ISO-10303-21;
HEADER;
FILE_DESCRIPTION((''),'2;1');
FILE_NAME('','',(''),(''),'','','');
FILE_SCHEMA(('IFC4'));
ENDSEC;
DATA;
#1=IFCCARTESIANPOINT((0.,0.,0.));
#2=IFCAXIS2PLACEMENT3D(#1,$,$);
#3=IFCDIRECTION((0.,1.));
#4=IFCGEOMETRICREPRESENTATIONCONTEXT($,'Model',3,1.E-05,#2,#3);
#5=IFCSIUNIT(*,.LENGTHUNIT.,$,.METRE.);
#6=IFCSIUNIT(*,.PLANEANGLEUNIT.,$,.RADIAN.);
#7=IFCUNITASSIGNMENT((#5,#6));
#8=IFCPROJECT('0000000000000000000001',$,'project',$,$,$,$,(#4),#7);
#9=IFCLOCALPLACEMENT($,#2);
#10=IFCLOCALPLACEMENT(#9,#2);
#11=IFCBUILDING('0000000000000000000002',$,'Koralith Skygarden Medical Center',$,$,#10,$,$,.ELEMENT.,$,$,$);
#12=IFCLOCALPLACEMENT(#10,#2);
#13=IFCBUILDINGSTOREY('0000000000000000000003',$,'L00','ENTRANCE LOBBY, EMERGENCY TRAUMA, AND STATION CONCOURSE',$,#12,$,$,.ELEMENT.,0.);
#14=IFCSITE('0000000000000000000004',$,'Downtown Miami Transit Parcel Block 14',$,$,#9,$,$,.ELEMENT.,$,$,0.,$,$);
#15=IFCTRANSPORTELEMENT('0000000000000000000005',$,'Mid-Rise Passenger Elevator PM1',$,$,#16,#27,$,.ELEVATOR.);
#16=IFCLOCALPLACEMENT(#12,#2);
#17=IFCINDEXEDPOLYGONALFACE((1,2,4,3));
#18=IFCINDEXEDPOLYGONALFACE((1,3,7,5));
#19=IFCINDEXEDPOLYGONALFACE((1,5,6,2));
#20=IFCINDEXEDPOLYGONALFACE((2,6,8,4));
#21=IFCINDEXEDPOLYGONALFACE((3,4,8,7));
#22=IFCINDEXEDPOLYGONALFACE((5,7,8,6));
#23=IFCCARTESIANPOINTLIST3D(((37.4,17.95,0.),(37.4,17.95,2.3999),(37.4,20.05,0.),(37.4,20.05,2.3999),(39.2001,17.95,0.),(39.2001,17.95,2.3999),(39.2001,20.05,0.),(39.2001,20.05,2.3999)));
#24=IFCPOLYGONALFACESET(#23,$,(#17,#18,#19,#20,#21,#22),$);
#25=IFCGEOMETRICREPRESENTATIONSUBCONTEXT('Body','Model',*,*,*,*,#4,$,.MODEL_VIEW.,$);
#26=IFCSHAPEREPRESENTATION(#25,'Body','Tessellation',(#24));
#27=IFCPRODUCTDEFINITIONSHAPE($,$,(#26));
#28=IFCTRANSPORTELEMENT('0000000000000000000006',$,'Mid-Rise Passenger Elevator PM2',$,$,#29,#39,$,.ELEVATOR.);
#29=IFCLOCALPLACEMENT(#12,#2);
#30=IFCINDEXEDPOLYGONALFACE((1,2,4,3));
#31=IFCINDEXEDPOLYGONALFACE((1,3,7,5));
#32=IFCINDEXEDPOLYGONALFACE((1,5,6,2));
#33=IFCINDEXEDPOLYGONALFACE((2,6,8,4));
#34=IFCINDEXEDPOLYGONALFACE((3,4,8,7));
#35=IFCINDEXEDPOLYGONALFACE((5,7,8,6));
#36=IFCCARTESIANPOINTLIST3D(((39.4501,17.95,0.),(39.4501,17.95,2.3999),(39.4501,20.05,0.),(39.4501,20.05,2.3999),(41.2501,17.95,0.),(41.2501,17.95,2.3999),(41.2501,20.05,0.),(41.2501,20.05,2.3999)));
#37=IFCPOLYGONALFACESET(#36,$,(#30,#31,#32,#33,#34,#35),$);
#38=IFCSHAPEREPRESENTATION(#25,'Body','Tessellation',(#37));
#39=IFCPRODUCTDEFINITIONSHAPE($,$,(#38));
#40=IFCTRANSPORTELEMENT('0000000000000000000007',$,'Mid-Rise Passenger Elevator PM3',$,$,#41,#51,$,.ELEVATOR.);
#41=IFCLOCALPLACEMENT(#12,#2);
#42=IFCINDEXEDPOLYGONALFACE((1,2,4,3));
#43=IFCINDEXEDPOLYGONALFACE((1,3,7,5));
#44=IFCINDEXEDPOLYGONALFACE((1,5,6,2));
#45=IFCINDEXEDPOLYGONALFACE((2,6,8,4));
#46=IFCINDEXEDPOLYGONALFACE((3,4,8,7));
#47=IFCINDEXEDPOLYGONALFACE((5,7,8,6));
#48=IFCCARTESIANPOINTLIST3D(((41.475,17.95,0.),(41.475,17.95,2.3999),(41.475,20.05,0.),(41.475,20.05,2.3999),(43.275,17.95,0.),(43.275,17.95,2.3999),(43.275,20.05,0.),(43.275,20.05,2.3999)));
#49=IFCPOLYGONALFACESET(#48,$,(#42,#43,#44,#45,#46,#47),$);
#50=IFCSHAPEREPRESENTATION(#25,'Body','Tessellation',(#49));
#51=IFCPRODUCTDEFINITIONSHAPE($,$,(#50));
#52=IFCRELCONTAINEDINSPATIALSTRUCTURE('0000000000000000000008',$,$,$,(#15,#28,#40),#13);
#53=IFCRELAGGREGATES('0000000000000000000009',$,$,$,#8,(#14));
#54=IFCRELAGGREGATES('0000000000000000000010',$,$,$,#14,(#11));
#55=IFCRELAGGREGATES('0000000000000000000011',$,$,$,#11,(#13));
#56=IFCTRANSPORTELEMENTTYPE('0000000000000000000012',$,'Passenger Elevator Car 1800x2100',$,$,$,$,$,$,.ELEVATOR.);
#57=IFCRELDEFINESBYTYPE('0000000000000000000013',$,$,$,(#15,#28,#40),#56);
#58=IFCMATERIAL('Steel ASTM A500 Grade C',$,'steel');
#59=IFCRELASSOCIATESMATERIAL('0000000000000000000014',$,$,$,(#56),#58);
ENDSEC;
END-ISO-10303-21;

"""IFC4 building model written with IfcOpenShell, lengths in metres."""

from ifc_helpers import new_model, si_unit, direction, frame, origin, origin_2d, place, context, subcontext, project, spatial, rectangle, extrude, material, type_object, element, save


model = new_model("IFC4")

# Units and contexts
model_context = context("Model", 3, precision=1e-05, world=origin(), true_north=direction((0.0, 1.0)))
body_context = subcontext(model_context, "Body", "Model", "MODEL_VIEW")
ifc_project = project(units=[si_unit("LENGTHUNIT", "METRE"), si_unit("PLANEANGLEUNIT", "RADIAN")], contexts=[model_context])

# Site, building, storey
site_placement = place(None, origin())
site = spatial("IfcSite", under=ifc_project, at=site_placement, Name="Downtown Miami Transit Parcel Block 14", CompositionType="ELEMENT", RefElevation=0.0)
building_placement = place(site_placement, origin())
building = spatial("IfcBuilding", under=site, at=building_placement, Name="Koralith Skygarden Medical Center", CompositionType="ELEMENT")
storey_placement = place(building_placement, origin())
storey = spatial("IfcBuildingStorey", under=building, at=storey_placement, Name="L00", Description="ENTRANCE LOBBY, EMERGENCY TRAUMA, AND STATION CONCOURSE", CompositionType="ELEMENT", Elevation=0.0)

# Shared definitions
ifc_material_1 = material(Name="Steel ASTM A500 Grade C", Category="steel")

# Transport elements
transport_element_type = type_object("IfcTransportElementType", Name="Passenger Elevator Car 1800x2100", PredefinedType="ELEVATOR", material=ifc_material_1)
for number, where, z_axis, x_axis, name in (
    (1, (38.3, 19.0, 0.0), (0.0, 0.0, 1.0), (1.0, 0.0, 0.0), "Mid-Rise Passenger Elevator PM1"),
    (2, (40.3501, 19.0, 0.0), (0.0, 0.0, 1.0), (1.0, 0.0, 0.0), "Mid-Rise Passenger Elevator PM2"),
    (3, (42.375, 19.0, 0.0), (0.0, 0.0, 1.0), (1.0, 0.0, 0.0), "Mid-Rise Passenger Elevator PM3"),
):
    element("IfcTransportElement", number, at=place(storey_placement, frame(where, z_axis=z_axis, x_axis=x_axis)), inside=storey, type_object=transport_element_type, Name=name, PredefinedType="ELEVATOR", context=body_context, shape_type="SweptSolid", body=[
        extrude(rectangle(XDim=1.8, YDim=2.1001, at=origin_2d()), origin(), (0.0, 0.0, 1.0), 2.3999),
    ])

save(model, "model.ifc")
